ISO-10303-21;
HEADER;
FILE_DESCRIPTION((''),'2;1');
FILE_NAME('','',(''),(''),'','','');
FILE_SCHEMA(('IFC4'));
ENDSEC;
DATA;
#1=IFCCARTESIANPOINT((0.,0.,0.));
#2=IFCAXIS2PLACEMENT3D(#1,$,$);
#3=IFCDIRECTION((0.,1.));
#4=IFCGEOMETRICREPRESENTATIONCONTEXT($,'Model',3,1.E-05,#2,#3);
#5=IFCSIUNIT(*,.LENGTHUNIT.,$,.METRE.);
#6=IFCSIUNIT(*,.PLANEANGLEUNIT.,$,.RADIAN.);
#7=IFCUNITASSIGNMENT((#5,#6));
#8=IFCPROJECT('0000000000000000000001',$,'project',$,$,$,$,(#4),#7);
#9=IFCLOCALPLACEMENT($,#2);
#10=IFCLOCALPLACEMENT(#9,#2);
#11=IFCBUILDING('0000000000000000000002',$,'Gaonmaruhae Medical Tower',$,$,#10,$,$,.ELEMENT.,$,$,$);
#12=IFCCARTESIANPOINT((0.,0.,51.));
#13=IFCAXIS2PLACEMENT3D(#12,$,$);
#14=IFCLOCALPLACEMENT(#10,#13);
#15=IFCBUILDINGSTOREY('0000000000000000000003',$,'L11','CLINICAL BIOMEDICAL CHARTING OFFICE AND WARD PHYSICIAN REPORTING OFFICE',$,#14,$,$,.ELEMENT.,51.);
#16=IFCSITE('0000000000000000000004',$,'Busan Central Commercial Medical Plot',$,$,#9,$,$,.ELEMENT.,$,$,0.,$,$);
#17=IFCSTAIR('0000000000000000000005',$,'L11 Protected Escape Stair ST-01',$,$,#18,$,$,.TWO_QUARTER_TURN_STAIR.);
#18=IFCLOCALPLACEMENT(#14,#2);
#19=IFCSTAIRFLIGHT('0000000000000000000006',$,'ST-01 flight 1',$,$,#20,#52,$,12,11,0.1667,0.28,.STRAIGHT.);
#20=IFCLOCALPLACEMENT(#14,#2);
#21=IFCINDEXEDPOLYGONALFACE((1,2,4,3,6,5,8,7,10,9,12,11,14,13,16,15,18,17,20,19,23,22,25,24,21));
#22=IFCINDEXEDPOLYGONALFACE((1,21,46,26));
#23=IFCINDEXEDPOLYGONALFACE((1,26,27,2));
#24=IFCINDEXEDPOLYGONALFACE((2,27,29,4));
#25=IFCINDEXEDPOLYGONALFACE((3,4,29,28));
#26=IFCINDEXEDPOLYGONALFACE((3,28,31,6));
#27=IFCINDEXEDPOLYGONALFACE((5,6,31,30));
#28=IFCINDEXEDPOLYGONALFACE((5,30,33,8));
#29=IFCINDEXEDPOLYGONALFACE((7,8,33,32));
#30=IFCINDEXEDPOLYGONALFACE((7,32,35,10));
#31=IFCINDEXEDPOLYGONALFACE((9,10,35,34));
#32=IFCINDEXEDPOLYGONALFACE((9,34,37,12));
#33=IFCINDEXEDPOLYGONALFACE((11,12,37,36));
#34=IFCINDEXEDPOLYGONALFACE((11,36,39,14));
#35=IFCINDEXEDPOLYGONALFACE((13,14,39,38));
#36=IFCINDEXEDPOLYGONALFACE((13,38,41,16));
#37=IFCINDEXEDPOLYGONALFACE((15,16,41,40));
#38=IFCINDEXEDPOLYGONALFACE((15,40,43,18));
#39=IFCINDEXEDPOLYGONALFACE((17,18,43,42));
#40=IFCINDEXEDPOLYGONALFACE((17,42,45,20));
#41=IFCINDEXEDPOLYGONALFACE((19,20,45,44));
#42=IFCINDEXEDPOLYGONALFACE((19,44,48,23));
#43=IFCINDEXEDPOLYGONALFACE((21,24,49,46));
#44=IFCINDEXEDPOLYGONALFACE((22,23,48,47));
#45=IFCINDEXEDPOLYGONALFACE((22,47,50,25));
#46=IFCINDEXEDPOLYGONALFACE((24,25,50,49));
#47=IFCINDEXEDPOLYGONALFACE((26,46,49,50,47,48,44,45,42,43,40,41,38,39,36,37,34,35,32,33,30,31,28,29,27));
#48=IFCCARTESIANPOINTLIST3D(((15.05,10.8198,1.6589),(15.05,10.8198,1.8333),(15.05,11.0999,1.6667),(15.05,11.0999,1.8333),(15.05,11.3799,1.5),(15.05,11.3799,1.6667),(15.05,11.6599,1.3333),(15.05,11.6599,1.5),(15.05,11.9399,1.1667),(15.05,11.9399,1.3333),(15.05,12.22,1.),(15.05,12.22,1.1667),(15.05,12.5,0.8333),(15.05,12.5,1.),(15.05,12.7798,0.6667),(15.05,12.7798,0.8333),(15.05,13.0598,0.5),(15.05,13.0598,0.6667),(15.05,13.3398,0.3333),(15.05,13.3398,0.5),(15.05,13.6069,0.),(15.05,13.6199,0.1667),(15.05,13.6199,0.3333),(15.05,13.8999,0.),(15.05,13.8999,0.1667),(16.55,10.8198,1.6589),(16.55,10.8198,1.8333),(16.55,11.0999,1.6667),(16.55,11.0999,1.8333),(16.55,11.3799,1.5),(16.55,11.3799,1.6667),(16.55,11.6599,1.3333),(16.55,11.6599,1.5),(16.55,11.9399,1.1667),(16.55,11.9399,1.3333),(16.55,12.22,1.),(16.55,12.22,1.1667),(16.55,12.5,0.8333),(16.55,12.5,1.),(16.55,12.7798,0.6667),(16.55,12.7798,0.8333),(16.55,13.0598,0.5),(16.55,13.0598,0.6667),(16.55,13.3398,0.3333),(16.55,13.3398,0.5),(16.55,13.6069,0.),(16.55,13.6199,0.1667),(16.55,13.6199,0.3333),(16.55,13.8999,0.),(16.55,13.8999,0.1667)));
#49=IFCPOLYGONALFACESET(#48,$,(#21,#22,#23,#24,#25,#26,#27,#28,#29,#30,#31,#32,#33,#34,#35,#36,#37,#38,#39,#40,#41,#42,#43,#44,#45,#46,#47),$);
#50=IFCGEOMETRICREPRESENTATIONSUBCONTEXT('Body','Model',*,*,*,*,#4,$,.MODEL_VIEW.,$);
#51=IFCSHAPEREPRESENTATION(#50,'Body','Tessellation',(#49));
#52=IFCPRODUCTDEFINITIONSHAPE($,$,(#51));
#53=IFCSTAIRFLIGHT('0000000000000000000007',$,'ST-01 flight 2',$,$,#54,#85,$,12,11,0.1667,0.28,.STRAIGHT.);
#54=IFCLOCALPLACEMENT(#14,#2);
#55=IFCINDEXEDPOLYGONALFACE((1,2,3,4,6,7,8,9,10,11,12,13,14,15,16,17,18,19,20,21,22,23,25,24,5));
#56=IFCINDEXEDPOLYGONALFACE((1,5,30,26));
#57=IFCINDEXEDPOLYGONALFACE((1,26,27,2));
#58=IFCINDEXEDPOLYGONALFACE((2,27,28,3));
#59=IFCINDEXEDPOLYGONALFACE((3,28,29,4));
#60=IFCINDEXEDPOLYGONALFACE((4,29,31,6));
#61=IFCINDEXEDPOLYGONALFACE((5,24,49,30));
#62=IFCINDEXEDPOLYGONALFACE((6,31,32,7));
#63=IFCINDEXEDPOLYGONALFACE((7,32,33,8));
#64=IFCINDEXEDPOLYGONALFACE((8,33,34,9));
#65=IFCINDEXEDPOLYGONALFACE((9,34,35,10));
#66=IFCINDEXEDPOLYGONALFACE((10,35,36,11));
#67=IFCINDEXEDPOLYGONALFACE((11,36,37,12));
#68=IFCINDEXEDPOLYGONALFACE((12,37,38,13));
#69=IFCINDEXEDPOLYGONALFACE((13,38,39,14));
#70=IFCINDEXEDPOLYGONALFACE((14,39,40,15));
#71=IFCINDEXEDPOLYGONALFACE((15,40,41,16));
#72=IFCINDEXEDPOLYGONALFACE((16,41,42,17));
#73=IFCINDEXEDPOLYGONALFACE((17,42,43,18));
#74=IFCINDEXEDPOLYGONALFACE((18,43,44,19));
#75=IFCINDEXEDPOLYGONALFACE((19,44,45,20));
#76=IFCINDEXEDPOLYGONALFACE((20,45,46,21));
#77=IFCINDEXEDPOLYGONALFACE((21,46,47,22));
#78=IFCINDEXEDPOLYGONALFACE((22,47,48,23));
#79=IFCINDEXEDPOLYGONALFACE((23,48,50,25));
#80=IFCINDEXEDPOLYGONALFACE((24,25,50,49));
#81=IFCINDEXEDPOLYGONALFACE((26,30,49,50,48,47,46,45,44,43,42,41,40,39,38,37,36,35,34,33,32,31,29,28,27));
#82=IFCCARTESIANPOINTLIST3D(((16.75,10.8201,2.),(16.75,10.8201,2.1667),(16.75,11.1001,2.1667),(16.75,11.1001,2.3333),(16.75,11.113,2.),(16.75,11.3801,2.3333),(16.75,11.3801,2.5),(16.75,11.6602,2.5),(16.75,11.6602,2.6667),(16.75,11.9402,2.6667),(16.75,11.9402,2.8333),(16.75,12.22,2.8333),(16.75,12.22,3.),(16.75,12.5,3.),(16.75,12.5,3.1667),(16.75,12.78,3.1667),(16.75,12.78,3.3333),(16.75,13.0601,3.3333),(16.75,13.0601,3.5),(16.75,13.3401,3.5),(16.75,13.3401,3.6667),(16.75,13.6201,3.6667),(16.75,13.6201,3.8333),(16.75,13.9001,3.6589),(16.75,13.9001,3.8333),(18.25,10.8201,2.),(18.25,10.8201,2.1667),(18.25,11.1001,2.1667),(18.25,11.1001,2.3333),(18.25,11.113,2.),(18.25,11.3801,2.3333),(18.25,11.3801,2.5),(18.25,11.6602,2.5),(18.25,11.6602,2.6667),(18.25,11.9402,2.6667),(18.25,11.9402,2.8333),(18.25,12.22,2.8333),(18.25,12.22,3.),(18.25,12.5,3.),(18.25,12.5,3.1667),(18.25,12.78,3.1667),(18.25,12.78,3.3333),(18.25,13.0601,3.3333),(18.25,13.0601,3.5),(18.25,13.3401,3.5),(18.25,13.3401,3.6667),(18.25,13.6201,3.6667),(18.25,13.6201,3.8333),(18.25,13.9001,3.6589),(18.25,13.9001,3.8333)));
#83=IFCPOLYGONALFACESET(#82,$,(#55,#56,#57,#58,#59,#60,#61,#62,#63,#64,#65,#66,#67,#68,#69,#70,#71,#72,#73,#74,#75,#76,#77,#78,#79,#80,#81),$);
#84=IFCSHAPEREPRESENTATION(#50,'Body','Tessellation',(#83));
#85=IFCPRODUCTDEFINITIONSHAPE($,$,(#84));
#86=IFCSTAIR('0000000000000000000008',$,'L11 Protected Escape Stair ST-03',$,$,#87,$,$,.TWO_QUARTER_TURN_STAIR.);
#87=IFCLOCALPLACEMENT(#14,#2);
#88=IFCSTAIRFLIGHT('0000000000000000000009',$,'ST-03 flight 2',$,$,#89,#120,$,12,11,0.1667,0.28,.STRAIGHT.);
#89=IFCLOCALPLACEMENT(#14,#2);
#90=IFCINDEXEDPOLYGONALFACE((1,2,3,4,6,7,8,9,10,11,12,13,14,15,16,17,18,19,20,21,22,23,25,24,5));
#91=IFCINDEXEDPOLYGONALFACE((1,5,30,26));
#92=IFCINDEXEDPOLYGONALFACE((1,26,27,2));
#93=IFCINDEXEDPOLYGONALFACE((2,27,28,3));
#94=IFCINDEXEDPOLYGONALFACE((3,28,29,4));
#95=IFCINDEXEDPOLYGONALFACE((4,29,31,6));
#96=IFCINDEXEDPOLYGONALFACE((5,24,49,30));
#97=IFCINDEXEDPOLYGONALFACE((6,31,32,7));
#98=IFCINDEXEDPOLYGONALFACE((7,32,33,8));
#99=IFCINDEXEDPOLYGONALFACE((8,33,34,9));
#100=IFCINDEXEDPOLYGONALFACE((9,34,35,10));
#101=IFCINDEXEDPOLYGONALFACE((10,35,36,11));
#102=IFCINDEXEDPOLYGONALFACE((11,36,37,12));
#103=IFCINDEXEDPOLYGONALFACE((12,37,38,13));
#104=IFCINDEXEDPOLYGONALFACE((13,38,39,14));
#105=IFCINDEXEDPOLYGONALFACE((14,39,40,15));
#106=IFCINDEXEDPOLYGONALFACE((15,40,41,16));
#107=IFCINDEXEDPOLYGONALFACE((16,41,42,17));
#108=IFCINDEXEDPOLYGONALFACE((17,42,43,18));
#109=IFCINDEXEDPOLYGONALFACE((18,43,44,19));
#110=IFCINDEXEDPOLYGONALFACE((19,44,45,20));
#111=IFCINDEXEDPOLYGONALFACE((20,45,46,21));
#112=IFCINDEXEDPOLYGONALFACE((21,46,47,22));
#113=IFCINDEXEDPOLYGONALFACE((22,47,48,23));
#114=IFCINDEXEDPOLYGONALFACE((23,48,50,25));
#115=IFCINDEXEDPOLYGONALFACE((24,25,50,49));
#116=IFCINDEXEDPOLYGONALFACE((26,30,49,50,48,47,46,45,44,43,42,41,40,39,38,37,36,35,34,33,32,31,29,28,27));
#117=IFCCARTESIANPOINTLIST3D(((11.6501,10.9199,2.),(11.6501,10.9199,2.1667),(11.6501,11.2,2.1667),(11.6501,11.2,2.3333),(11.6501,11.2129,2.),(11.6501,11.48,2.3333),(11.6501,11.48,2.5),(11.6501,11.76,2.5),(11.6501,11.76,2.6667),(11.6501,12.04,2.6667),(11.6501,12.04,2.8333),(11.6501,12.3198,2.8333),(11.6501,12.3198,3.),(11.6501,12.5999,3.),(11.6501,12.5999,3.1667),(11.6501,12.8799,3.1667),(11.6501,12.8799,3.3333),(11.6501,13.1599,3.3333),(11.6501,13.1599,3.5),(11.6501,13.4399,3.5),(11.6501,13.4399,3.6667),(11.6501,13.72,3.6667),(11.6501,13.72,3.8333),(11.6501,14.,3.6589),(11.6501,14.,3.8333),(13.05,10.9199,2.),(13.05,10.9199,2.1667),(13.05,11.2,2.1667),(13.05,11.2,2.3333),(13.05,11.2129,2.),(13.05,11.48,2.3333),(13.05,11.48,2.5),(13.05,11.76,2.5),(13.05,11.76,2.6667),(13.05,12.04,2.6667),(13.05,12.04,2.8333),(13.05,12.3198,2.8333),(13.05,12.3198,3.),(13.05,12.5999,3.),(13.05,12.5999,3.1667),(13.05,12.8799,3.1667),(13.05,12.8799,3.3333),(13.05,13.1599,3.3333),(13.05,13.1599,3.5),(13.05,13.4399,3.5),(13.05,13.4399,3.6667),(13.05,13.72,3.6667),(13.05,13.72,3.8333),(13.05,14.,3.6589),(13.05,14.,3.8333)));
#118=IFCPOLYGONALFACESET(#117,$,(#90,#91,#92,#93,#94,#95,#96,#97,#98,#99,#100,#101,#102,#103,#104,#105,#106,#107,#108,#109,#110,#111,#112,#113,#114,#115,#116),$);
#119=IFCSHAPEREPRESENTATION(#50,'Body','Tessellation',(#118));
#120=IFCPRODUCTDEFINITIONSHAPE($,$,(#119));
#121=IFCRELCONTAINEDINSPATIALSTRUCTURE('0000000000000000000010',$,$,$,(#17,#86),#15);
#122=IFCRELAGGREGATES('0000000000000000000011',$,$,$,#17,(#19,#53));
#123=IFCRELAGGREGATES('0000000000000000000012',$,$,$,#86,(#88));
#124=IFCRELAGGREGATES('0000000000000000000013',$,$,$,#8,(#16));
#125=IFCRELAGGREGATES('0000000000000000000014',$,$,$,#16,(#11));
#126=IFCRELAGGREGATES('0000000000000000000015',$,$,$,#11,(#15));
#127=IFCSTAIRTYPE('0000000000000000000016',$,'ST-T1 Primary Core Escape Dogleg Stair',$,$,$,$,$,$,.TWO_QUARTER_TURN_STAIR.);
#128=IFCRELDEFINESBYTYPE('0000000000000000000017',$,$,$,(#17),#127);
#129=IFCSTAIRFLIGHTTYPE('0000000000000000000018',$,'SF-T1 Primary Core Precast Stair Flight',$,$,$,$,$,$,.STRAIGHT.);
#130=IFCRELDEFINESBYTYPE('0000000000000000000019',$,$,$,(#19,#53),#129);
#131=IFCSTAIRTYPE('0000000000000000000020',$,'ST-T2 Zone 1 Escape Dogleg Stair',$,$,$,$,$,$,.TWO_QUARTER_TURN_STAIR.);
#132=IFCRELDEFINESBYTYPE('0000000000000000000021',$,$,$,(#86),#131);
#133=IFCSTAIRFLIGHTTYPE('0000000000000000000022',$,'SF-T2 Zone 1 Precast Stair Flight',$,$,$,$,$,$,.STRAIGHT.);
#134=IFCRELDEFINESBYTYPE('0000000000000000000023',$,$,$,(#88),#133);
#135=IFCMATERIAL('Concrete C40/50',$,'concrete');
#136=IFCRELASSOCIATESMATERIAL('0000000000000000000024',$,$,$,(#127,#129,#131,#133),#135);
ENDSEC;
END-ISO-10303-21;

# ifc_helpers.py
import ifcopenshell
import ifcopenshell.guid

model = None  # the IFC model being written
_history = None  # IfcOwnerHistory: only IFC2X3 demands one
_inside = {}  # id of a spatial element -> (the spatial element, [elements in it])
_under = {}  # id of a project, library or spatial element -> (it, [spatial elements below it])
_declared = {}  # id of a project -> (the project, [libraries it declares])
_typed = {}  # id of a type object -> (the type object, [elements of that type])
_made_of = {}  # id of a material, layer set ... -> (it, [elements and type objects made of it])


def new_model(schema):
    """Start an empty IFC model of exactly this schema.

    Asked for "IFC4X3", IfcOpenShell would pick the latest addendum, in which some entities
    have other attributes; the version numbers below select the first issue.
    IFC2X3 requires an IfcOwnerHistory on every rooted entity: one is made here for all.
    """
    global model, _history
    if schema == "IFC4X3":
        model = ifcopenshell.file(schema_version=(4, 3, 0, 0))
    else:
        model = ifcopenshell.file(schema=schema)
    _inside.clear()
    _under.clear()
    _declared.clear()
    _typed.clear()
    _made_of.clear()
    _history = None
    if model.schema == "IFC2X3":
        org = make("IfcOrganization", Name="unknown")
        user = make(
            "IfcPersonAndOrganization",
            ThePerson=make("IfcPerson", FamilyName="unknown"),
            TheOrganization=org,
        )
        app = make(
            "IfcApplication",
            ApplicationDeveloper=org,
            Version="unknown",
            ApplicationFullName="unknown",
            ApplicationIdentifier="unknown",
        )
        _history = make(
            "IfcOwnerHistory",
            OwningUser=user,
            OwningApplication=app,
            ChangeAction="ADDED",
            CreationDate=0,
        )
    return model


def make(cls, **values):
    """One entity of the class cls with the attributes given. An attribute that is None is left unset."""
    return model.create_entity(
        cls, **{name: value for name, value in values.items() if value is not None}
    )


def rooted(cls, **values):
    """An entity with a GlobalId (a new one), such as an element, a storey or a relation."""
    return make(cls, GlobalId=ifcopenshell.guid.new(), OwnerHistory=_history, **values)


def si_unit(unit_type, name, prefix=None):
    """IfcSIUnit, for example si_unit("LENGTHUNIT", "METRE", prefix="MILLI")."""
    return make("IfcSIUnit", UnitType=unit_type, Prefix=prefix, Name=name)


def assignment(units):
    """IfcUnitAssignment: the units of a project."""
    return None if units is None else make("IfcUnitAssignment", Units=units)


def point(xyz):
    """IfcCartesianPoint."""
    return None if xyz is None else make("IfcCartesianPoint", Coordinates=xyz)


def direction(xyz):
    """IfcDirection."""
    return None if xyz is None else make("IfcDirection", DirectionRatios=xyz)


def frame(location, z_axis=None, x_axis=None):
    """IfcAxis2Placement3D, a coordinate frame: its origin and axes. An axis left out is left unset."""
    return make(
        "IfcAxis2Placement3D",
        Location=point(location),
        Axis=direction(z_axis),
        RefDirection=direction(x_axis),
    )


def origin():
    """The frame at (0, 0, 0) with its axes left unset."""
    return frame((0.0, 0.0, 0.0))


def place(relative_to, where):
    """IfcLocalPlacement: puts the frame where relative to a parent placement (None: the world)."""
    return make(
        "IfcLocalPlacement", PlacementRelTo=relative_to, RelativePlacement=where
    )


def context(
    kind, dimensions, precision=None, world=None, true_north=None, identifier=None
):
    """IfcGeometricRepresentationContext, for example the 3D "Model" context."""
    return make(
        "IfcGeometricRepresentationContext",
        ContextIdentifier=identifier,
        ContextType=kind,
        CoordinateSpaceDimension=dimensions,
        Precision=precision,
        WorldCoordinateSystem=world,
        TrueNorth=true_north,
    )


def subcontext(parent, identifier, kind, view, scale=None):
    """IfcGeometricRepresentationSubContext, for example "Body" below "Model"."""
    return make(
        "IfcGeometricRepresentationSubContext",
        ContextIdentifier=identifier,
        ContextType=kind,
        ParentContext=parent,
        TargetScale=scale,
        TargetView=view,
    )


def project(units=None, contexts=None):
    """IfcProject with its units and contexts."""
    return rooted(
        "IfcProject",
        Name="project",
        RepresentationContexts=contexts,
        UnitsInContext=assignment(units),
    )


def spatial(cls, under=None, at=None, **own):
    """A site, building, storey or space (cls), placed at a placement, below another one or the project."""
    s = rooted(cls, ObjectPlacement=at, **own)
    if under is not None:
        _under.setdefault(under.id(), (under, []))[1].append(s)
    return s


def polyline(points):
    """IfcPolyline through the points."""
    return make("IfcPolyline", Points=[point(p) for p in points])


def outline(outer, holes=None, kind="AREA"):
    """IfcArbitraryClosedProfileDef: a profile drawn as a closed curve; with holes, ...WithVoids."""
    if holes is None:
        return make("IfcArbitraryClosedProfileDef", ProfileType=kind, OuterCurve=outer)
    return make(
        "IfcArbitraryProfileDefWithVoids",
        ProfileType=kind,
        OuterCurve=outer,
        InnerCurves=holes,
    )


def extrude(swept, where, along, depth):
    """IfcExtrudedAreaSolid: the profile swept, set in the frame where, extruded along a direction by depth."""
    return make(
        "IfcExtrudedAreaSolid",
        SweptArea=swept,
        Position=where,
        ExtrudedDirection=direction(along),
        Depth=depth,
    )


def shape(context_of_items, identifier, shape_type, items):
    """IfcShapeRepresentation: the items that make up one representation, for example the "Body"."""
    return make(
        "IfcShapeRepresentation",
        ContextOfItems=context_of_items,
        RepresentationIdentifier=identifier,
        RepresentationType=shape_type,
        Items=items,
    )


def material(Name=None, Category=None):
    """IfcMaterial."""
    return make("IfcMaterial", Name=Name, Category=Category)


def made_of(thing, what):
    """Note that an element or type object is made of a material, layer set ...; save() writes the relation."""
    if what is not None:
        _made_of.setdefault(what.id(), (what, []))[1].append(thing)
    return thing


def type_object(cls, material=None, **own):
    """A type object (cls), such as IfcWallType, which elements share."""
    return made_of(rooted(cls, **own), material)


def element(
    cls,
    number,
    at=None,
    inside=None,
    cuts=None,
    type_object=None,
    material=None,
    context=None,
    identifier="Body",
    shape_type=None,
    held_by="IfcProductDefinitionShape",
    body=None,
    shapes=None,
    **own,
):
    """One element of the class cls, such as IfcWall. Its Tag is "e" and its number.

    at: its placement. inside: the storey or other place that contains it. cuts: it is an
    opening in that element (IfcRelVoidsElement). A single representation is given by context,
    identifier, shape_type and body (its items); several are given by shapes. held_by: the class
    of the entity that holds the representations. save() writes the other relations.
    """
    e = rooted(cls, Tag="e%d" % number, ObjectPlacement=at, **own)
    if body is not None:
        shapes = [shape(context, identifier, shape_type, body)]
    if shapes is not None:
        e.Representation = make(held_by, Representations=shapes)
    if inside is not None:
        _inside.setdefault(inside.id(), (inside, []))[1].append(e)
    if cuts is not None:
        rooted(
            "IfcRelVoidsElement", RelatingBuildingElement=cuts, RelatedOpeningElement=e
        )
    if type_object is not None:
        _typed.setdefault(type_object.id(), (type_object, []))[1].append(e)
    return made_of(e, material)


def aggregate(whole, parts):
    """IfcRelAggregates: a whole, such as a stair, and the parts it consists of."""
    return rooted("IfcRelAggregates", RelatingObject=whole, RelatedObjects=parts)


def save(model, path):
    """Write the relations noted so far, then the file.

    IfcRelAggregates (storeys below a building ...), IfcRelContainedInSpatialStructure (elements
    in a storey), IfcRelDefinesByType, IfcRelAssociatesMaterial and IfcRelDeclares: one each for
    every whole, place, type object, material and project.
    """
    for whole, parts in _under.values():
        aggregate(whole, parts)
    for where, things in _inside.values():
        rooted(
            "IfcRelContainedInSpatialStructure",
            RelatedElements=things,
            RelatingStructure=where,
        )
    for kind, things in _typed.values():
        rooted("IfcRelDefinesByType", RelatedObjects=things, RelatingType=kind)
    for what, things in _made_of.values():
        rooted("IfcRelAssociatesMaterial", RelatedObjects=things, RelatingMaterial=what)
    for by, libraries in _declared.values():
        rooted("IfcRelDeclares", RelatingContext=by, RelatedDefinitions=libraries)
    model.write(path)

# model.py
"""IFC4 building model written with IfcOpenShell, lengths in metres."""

from ifc_helpers import new_model, si_unit, direction, frame, origin, place, context, subcontext, project, spatial, polyline, outline, extrude, material, type_object, element, aggregate, save


model = new_model("IFC4")

# Units and contexts
model_context = context("Model", 3, precision=1e-05, world=origin(), true_north=direction((0.0, 1.0)))
body_context = subcontext(model_context, "Body", "Model", "MODEL_VIEW")
ifc_project = project(units=[si_unit("LENGTHUNIT", "METRE"), si_unit("PLANEANGLEUNIT", "RADIAN")], contexts=[model_context])

# Site, building, storey
site_placement = place(None, origin())
site = spatial("IfcSite", under=ifc_project, at=site_placement, Name="Busan Central Commercial Medical Plot", CompositionType="ELEMENT", RefElevation=0.0)
building_placement = place(site_placement, origin())
building = spatial("IfcBuilding", under=site, at=building_placement, Name="Gaonmaruhae Medical Tower", CompositionType="ELEMENT")
storey_placement = place(building_placement, frame((0.0, 0.0, 51.0)))
storey = spatial("IfcBuildingStorey", under=building, at=storey_placement, Name="L11", Description="CLINICAL BIOMEDICAL CHARTING OFFICE AND WARD PHYSICIAN REPORTING OFFICE", CompositionType="ELEMENT", Elevation=51.0)

# Stair, stair flights
ifc_material_1 = material(Name="Concrete C40/50", Category="concrete")
stair_type_1 = type_object("IfcStairType", Name="ST-T1 Primary Core Escape Dogleg Stair", PredefinedType="TWO_QUARTER_TURN_STAIR", material=ifc_material_1)
stair_1_placement = place(storey_placement, origin())
stair_1 = element("IfcStair", 1, at=stair_1_placement, inside=storey, type_object=stair_type_1, Name="L11 Protected Escape Stair ST-01", PredefinedType="TWO_QUARTER_TURN_STAIR")
stair_flight_type_1 = type_object("IfcStairFlightType", Name="SF-T1 Primary Core Precast Stair Flight", PredefinedType="STRAIGHT", material=ifc_material_1)
stair_flight_1_placement = place(storey_placement, frame((15.8, 13.8999, 0.0), z_axis=(0.0, 0.0, 1.0), x_axis=(0.0, -1.0, 0.0)))
stair_flight_1 = element("IfcStairFlight", 2, at=stair_flight_1_placement, type_object=stair_flight_type_1, Name="ST-01 flight 1", NumberOfRisers=12, NumberOfTreads=11, PredefinedType="STRAIGHT", RiserHeight=0.1667, TreadLength=0.28, context=body_context, shape_type="SweptSolid", body=[
    extrude(outline(polyline([(0.0, 0.0), (0.0, 0.1667), (0.28, 0.1667), (0.28, 0.3333), (0.5601, 0.3333), (0.5601, 0.5), (0.8401, 0.5), (0.8401, 0.6667), (1.1201, 0.6667), (1.1201, 0.8333), (1.3999, 0.8333), (1.3999, 1.0), (1.6799, 1.0), (1.6799, 1.1667), (1.96, 1.1667), (1.96, 1.3333), (2.24, 1.3333), (2.24, 1.5), (2.52, 1.5), (2.52, 1.6667), (2.8, 1.6667), (2.8, 1.8333), (3.0801, 1.8333), (3.0801, 2.0), (3.0801, 1.6589), (0.293, 0.0), (0.0, 0.0)])), frame((0.0, 0.75, 0.0), z_axis=(0.0, -1.0, 0.0), x_axis=(1.0, 0.0, 0.0)), (0.0, 0.0, 1.0), 1.5),
])
stair_flight_2_placement = place(storey_placement, frame((17.5, 10.8201, 2.0), z_axis=(0.0, 0.0, 1.0), x_axis=(0.0, 1.0, 0.0)))
stair_flight_2 = element("IfcStairFlight", 3, at=stair_flight_2_placement, type_object=stair_flight_type_1, Name="ST-01 flight 2", NumberOfRisers=12, NumberOfTreads=11, PredefinedType="STRAIGHT", RiserHeight=0.1667, TreadLength=0.28, context=body_context, shape_type="SweptSolid", body=[
    extrude(outline(polyline([(0.0, 0.0), (0.0, 0.1667), (0.28, 0.1667), (0.28, 0.3333), (0.5601, 0.3333), (0.5601, 0.5), (0.8401, 0.5), (0.8401, 0.6667), (1.1201, 0.6667), (1.1201, 0.8333), (1.3999, 0.8333), (1.3999, 1.0), (1.6799, 1.0), (1.6799, 1.1667), (1.96, 1.1667), (1.96, 1.3333), (2.24, 1.3333), (2.24, 1.5), (2.52, 1.5), (2.52, 1.6667), (2.8, 1.6667), (2.8, 1.8333), (3.0801, 1.8333), (3.0801, 2.0), (3.0801, 1.6589), (0.293, 0.0), (0.0, 0.0)])), frame((0.0, 0.75, 0.0), z_axis=(0.0, -1.0, 0.0), x_axis=(1.0, 0.0, 0.0)), (0.0, 0.0, 1.0), 1.5),
])
aggregate(stair_1, [stair_flight_1, stair_flight_2])

# Stair, stair flight
stair_type_2 = type_object("IfcStairType", Name="ST-T2 Zone 1 Escape Dogleg Stair", PredefinedType="TWO_QUARTER_TURN_STAIR", material=ifc_material_1)
stair_2_placement = place(storey_placement, origin())
stair_2 = element("IfcStair", 4, at=stair_2_placement, inside=storey, type_object=stair_type_2, Name="L11 Protected Escape Stair ST-03", PredefinedType="TWO_QUARTER_TURN_STAIR")
stair_flight_type_2 = type_object("IfcStairFlightType", Name="SF-T2 Zone 1 Precast Stair Flight", PredefinedType="STRAIGHT", material=ifc_material_1)
stair_flight_3_placement = place(storey_placement, frame((12.3501, 10.9199, 2.0), z_axis=(0.0, 0.0, 1.0), x_axis=(0.0, 1.0, 0.0)))
stair_flight_3 = element("IfcStairFlight", 5, at=stair_flight_3_placement, type_object=stair_flight_type_2, Name="ST-03 flight 2", NumberOfRisers=12, NumberOfTreads=11, PredefinedType="STRAIGHT", RiserHeight=0.1667, TreadLength=0.28, context=body_context, shape_type="SweptSolid", body=[
    extrude(outline(polyline([(0.0, 0.0), (0.0, 0.1667), (0.28, 0.1667), (0.28, 0.3333), (0.5601, 0.3333), (0.5601, 0.5), (0.8401, 0.5), (0.8401, 0.6667), (1.1201, 0.6667), (1.1201, 0.8333), (1.3999, 0.8333), (1.3999, 1.0), (1.6799, 1.0), (1.6799, 1.1667), (1.96, 1.1667), (1.96, 1.3333), (2.24, 1.3333), (2.24, 1.5), (2.52, 1.5), (2.52, 1.6667), (2.8, 1.6667), (2.8, 1.8333), (3.0801, 1.8333), (3.0801, 2.0), (3.0801, 1.6589), (0.293, 0.0), (0.0, 0.0)])), frame((0.0, 0.7, 0.0), z_axis=(0.0, -1.0, 0.0), x_axis=(1.0, 0.0, 0.0)), (0.0, 0.0, 1.0), 1.3999),
])
aggregate(stair_2, [stair_flight_3])

save(model, "model.ifc")
